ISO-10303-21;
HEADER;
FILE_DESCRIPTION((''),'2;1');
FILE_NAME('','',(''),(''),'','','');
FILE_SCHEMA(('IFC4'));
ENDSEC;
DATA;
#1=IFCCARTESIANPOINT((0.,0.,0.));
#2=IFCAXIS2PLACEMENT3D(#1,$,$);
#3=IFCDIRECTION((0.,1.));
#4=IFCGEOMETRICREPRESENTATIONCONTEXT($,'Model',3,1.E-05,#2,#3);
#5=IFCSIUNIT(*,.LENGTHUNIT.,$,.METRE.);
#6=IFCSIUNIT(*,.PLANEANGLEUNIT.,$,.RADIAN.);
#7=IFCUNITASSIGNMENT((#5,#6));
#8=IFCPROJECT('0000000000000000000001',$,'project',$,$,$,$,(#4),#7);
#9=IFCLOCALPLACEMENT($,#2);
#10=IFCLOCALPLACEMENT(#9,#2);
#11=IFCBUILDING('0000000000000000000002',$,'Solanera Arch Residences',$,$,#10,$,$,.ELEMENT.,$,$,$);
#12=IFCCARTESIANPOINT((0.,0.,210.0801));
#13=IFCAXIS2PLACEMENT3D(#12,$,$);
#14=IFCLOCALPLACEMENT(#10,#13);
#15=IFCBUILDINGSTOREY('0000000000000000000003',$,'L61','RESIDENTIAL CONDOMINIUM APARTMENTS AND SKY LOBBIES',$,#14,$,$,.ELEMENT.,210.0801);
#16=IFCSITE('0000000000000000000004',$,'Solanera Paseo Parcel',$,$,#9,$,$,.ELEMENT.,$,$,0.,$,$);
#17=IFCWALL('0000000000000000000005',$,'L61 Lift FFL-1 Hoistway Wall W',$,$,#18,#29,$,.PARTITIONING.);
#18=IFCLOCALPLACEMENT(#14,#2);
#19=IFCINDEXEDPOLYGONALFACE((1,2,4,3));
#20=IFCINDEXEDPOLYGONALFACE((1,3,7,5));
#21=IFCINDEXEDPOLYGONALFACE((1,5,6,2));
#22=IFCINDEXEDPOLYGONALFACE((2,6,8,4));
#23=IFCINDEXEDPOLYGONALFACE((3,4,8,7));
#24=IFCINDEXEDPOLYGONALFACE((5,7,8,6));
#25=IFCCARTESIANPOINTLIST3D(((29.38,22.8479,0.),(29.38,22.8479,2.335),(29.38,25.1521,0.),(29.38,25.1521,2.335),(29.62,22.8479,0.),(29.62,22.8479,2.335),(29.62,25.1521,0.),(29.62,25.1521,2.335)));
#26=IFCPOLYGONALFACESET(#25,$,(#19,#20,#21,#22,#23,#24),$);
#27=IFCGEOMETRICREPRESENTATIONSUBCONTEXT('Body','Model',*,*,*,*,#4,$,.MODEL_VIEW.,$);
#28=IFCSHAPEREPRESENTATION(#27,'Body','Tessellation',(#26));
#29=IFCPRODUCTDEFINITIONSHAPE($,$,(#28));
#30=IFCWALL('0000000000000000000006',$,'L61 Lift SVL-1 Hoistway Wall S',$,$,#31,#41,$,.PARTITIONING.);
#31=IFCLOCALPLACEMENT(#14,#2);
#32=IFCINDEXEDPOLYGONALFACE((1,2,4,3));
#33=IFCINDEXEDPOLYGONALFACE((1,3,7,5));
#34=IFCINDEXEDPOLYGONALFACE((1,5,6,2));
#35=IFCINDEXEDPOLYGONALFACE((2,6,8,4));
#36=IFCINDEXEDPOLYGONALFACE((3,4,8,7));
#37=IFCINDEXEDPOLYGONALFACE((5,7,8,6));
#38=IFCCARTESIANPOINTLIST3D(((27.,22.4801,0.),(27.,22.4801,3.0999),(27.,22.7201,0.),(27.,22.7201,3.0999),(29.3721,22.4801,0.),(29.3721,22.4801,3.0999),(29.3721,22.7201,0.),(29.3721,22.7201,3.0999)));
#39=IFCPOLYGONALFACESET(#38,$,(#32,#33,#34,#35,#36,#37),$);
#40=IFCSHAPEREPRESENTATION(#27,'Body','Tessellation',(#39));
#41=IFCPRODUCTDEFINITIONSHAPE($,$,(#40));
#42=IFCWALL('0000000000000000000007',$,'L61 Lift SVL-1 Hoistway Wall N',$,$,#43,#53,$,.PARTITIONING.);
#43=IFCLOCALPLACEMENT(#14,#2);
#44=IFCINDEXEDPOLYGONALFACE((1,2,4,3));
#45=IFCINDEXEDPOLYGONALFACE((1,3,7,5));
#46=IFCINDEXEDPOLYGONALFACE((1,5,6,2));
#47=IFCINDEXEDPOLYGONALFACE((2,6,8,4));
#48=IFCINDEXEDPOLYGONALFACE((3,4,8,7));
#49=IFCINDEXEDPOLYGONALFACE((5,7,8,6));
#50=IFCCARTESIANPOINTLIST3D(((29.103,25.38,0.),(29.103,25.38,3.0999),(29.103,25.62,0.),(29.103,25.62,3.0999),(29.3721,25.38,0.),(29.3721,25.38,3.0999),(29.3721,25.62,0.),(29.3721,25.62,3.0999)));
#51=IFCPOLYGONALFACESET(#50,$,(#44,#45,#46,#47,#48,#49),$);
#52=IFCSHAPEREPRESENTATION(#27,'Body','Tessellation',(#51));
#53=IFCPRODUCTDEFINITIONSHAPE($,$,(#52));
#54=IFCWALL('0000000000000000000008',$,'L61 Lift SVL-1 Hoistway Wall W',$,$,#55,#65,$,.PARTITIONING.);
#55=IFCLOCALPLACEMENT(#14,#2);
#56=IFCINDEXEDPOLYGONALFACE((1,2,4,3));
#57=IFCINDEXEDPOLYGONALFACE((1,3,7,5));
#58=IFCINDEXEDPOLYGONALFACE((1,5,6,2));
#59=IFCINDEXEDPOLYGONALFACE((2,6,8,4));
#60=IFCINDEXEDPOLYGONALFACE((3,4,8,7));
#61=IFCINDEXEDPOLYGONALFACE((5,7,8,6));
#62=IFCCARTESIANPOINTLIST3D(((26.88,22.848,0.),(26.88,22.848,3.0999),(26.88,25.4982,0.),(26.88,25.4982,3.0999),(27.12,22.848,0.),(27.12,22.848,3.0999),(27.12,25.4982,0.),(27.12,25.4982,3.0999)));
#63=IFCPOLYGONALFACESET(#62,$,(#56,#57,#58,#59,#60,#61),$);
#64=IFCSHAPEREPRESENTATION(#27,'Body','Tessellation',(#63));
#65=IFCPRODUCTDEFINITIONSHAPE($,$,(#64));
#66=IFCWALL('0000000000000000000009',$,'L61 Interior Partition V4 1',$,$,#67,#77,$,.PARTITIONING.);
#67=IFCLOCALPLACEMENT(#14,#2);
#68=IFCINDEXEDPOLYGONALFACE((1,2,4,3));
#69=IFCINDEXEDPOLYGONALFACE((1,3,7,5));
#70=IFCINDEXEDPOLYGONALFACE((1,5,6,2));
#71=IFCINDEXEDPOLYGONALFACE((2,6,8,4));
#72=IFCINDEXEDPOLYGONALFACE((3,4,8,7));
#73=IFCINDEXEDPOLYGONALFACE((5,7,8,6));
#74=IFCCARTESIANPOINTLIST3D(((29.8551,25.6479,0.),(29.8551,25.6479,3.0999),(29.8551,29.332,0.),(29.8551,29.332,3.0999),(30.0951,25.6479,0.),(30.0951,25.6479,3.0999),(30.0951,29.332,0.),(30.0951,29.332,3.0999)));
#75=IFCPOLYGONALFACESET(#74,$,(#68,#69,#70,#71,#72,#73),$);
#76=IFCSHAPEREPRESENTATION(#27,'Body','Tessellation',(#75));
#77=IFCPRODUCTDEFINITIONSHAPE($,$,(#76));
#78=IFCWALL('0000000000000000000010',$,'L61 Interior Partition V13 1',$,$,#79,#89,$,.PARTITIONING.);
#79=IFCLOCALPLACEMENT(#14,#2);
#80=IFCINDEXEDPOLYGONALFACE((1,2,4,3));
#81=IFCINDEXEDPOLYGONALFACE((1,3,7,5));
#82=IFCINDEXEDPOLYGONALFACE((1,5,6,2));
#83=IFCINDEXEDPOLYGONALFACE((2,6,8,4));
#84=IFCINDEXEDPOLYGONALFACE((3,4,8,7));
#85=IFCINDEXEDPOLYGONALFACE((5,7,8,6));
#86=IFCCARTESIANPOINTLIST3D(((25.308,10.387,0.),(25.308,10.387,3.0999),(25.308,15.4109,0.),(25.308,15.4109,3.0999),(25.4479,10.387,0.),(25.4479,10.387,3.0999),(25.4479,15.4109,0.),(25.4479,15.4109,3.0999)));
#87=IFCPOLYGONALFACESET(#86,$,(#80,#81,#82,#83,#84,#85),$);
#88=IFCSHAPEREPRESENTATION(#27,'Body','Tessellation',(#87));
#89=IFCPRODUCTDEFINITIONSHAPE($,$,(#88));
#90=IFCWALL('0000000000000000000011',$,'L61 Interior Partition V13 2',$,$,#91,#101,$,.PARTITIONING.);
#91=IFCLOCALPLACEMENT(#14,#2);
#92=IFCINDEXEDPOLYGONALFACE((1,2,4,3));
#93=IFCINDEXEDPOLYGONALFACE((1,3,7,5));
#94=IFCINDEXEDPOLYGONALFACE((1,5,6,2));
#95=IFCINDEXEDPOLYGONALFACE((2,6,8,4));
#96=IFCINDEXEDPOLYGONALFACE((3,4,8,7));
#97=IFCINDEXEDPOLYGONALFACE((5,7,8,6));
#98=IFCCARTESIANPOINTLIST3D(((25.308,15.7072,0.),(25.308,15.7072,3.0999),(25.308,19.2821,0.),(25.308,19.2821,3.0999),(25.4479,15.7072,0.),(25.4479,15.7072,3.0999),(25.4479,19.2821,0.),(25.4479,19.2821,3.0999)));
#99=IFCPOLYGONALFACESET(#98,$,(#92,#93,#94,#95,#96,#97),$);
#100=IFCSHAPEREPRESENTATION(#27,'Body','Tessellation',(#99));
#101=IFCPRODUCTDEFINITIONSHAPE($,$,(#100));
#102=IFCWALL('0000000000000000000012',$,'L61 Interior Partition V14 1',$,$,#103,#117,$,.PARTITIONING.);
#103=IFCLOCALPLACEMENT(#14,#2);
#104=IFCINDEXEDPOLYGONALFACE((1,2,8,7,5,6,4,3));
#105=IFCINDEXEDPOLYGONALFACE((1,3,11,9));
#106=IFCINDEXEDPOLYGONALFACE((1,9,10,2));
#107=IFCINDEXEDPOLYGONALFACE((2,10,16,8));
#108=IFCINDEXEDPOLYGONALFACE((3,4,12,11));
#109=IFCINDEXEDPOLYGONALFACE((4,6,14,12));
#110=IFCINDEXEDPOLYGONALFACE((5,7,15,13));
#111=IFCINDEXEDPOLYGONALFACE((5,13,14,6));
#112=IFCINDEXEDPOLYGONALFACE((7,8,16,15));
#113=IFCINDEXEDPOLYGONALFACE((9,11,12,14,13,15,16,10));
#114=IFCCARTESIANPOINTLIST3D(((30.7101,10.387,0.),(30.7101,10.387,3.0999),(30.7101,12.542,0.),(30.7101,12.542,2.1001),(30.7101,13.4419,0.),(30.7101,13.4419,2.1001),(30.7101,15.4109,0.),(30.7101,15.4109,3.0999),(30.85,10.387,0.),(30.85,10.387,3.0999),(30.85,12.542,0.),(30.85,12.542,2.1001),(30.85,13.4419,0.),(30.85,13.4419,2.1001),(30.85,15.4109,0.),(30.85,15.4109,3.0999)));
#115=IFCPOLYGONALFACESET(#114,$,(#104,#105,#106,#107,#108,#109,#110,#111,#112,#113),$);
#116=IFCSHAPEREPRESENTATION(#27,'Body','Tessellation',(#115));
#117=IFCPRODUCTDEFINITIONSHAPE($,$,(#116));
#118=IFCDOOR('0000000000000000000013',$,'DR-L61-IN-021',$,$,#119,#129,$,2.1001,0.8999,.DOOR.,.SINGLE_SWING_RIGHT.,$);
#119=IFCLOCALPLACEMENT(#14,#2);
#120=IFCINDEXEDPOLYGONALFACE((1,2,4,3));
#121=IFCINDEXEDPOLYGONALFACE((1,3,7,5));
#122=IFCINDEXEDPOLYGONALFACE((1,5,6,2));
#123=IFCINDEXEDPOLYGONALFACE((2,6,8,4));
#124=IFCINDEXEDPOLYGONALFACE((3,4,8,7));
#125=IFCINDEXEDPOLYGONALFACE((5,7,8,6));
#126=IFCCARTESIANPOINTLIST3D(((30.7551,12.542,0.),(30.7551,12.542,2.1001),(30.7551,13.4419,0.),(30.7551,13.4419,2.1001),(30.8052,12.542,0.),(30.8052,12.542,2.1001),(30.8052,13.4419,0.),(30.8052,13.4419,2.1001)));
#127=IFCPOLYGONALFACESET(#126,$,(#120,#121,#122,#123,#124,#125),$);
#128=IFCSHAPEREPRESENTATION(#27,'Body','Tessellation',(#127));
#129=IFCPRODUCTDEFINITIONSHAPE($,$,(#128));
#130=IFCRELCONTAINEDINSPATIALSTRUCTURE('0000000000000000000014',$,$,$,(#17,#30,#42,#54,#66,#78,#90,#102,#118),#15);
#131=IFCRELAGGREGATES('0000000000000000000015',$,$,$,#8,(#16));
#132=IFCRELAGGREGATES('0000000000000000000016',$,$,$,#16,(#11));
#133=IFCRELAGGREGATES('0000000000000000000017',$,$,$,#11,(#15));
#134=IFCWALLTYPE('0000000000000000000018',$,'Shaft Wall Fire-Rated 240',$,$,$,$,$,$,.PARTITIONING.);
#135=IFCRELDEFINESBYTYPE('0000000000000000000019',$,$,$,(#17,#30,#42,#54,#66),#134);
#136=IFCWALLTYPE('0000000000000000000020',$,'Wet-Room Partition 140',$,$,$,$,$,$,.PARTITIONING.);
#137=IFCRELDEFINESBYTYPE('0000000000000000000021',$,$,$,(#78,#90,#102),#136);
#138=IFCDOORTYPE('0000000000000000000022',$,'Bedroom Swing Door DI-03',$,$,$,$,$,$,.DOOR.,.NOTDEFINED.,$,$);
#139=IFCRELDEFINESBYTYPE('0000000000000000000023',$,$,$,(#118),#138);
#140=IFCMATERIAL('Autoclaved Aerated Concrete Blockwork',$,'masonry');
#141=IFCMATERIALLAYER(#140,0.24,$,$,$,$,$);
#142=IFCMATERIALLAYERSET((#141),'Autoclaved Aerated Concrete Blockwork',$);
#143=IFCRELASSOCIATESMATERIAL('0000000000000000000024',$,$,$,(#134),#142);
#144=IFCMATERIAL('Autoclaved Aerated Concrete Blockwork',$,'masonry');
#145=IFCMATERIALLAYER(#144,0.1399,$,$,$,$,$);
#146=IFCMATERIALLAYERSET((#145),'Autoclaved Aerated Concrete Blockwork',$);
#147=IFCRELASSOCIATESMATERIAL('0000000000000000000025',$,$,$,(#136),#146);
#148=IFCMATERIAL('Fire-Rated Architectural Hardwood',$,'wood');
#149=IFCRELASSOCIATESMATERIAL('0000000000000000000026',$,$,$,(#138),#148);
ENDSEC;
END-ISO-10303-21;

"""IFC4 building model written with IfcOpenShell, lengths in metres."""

from ifc_helpers import new_model, si_unit, direction, frame, frame_2d, origin, place, context, subcontext, project, spatial, rectangle, extrude, material, layer, layer_set, type_object, element, fill, save


model = new_model("IFC4")

# Units and contexts
model_context = context("Model", 3, precision=1e-05, world=origin(), true_north=direction((0.0, 1.0)))
body_context = subcontext(model_context, "Body", "Model", "MODEL_VIEW")
ifc_project = project(units=[si_unit("LENGTHUNIT", "METRE"), si_unit("PLANEANGLEUNIT", "RADIAN")], contexts=[model_context])

# Site, building, storey
site_placement = place(None, origin())
site = spatial("IfcSite", under=ifc_project, at=site_placement, Name="Solanera Paseo Parcel", CompositionType="ELEMENT", RefElevation=0.0)
building_placement = place(site_placement, origin())
building = spatial("IfcBuilding", under=site, at=building_placement, Name="Solanera Arch Residences", CompositionType="ELEMENT")
storey_placement = place(building_placement, frame((0.0, 0.0, 210.0801)))
storey = spatial("IfcBuildingStorey", under=building, at=storey_placement, Name="L61", Description="RESIDENTIAL CONDOMINIUM APARTMENTS AND SKY LOBBIES", CompositionType="ELEMENT", Elevation=210.0801)

# Walls
ifc_material_1 = material(Name="Autoclaved Aerated Concrete Blockwork", Category="masonry")
ifc_layer_1 = layer(ifc_material_1, 0.24)
ifc_layer_set_1 = layer_set([ifc_layer_1], Name="Autoclaved Aerated Concrete Blockwork")
wall_type_1 = type_object("IfcWallType", Name="Shaft Wall Fire-Rated 240", PredefinedType="PARTITIONING", material=ifc_layer_set_1)
wall_1_placement = place(storey_placement, frame((29.5, 22.8479, 0.0), z_axis=(0.0, 0.0, 1.0), x_axis=(0.0, 1.0, 0.0)))
element("IfcWall", 1, at=wall_1_placement, inside=storey, type_object=wall_type_1, Name="L61 Lift FFL-1 Hoistway Wall W", PredefinedType="PARTITIONING", context=body_context, shape_type="SweptSolid", body=[
    extrude(rectangle(XDim=2.3042, YDim=0.24, at=frame_2d((1.1521, 0.0))), origin(), (0.0, 0.0, 1.0), 2.335),
])
wall_2_placement = place(storey_placement, frame((27.0, 22.6001, 0.0), z_axis=(0.0, 0.0, 1.0), x_axis=(1.0, 0.0, 0.0)))
element("IfcWall", 2, at=wall_2_placement, inside=storey, type_object=wall_type_1, Name="L61 Lift SVL-1 Hoistway Wall S", PredefinedType="PARTITIONING", context=body_context, shape_type="SweptSolid", body=[
    extrude(rectangle(XDim=2.3721, YDim=0.24, at=frame_2d((1.186, 0.0))), origin(), (0.0, 0.0, 1.0), 3.0999),
])
wall_3_placement = place(storey_placement, frame((29.103, 25.5, 0.0), z_axis=(0.0, 0.0, 1.0), x_axis=(1.0, 0.0, 0.0)))
element("IfcWall", 3, at=wall_3_placement, inside=storey, type_object=wall_type_1, Name="L61 Lift SVL-1 Hoistway Wall N", PredefinedType="PARTITIONING", context=body_context, shape_type="SweptSolid", body=[
    extrude(rectangle(XDim=0.269, YDim=0.24, at=frame_2d((0.1345, 0.0))), origin(), (0.0, 0.0, 1.0), 3.0999),
])
wall_4_placement = place(storey_placement, frame((27.0, 22.8479, 0.0), z_axis=(0.0, 0.0, 1.0), x_axis=(0.0, 1.0, 0.0)))
element("IfcWall", 4, at=wall_4_placement, inside=storey, type_object=wall_type_1, Name="L61 Lift SVL-1 Hoistway Wall W", PredefinedType="PARTITIONING", context=body_context, shape_type="SweptSolid", body=[
    extrude(rectangle(XDim=2.6501, YDim=0.24, at=frame_2d((1.3252, 0.0))), origin(), (0.0, 0.0, 1.0), 3.0999),
])
wall_5_placement = place(storey_placement, frame((29.9751, 25.6479, 0.0), z_axis=(0.0, 0.0, 1.0), x_axis=(0.0, 1.0, 0.0)))
element("IfcWall", 5, at=wall_5_placement, inside=storey, type_object=wall_type_1, Name="L61 Interior Partition V4 1", PredefinedType="PARTITIONING", context=body_context, shape_type="SweptSolid", body=[
    extrude(rectangle(XDim=3.6841, YDim=0.24, at=frame_2d((1.842, 0.0))), origin(), (0.0, 0.0, 1.0), 3.0999),
])
ifc_material_2 = material(Name="Autoclaved Aerated Concrete Blockwork", Category="masonry")
ifc_layer_2 = layer(ifc_material_2, 0.1399)
ifc_layer_set_2 = layer_set([ifc_layer_2], Name="Autoclaved Aerated Concrete Blockwork")
wall_type_2 = type_object("IfcWallType", Name="Wet-Room Partition 140", PredefinedType="PARTITIONING", material=ifc_layer_set_2)
wall_6_placement = place(storey_placement, frame((25.3779, 10.387, 0.0), z_axis=(0.0, 0.0, 1.0), x_axis=(0.0, 1.0, 0.0)))
element("IfcWall", 6, at=wall_6_placement, inside=storey, type_object=wall_type_2, Name="L61 Interior Partition V13 1", PredefinedType="PARTITIONING", context=body_context, shape_type="SweptSolid", body=[
    extrude(rectangle(XDim=5.0239, YDim=0.1399, at=frame_2d((2.512, 0.0))), origin(), (0.0, 0.0, 1.0), 3.0999),
])
wall_7_placement = place(storey_placement, frame((25.3779, 15.707, 0.0), z_axis=(0.0, 0.0, 1.0), x_axis=(0.0, 1.0, 0.0)))
element("IfcWall", 7, at=wall_7_placement, inside=storey, type_object=wall_type_2, Name="L61 Interior Partition V13 2", PredefinedType="PARTITIONING", context=body_context, shape_type="SweptSolid", body=[
    extrude(rectangle(XDim=3.575, YDim=0.1399, at=frame_2d((1.7876, 0.0))), origin(), (0.0, 0.0, 1.0), 3.0999),
])

# Wall, opening, door
wall_8_placement = place(storey_placement, frame((30.78, 10.387, 0.0), z_axis=(0.0, 0.0, 1.0), x_axis=(0.0, 1.0, 0.0)))
wall_8 = element("IfcWall", 8, at=wall_8_placement, inside=storey, type_object=wall_type_2, Name="L61 Interior Partition V14 1", PredefinedType="PARTITIONING", context=body_context, shape_type="SweptSolid", body=[
    extrude(rectangle(XDim=5.0239, YDim=0.1399, at=frame_2d((2.512, 0.0))), origin(), (0.0, 0.0, 1.0), 3.0999),
])
opening_placement = place(wall_8_placement, frame((2.155, 0.0, 0.0)))
opening = element("IfcOpeningElement", 9, at=opening_placement, cuts=wall_8, PredefinedType="OPENING", context=body_context, shape_type="SweptSolid", body=[
    extrude(rectangle(XDim=0.8999, YDim=2.1001, at=frame_2d((0.45, 1.05))), frame((0.0, 0.0798, 0.0), z_axis=(0.0, -1.0, 0.0), x_axis=(1.0, 0.0, 0.0)), (0.0, 0.0, 1.0), 0.1599),
])
ifc_material_3 = material(Name="Fire-Rated Architectural Hardwood", Category="wood")
door_type = type_object("IfcDoorType", Name="Bedroom Swing Door DI-03", OperationType="NOTDEFINED", PredefinedType="DOOR", material=ifc_material_3)
door_placement = place(opening_placement, origin())
door = element("IfcDoor", 10, at=door_placement, inside=storey, type_object=door_type, Name="DR-L61-IN-021", OperationType="SINGLE_SWING_RIGHT", OverallHeight=2.1001, OverallWidth=0.8999, PredefinedType="DOOR", context=body_context, shape_type="SweptSolid", body=[
    extrude(rectangle(XDim=0.8999, YDim=2.1001, at=frame_2d((0.45, 1.05))), frame((0.0, 0.0249, 0.0), z_axis=(0.0, -1.0, 0.0), x_axis=(1.0, 0.0, 0.0)), (0.0, 0.0, 1.0), 0.05),
])
fill(opening, door)

save(model, "model.ifc")
